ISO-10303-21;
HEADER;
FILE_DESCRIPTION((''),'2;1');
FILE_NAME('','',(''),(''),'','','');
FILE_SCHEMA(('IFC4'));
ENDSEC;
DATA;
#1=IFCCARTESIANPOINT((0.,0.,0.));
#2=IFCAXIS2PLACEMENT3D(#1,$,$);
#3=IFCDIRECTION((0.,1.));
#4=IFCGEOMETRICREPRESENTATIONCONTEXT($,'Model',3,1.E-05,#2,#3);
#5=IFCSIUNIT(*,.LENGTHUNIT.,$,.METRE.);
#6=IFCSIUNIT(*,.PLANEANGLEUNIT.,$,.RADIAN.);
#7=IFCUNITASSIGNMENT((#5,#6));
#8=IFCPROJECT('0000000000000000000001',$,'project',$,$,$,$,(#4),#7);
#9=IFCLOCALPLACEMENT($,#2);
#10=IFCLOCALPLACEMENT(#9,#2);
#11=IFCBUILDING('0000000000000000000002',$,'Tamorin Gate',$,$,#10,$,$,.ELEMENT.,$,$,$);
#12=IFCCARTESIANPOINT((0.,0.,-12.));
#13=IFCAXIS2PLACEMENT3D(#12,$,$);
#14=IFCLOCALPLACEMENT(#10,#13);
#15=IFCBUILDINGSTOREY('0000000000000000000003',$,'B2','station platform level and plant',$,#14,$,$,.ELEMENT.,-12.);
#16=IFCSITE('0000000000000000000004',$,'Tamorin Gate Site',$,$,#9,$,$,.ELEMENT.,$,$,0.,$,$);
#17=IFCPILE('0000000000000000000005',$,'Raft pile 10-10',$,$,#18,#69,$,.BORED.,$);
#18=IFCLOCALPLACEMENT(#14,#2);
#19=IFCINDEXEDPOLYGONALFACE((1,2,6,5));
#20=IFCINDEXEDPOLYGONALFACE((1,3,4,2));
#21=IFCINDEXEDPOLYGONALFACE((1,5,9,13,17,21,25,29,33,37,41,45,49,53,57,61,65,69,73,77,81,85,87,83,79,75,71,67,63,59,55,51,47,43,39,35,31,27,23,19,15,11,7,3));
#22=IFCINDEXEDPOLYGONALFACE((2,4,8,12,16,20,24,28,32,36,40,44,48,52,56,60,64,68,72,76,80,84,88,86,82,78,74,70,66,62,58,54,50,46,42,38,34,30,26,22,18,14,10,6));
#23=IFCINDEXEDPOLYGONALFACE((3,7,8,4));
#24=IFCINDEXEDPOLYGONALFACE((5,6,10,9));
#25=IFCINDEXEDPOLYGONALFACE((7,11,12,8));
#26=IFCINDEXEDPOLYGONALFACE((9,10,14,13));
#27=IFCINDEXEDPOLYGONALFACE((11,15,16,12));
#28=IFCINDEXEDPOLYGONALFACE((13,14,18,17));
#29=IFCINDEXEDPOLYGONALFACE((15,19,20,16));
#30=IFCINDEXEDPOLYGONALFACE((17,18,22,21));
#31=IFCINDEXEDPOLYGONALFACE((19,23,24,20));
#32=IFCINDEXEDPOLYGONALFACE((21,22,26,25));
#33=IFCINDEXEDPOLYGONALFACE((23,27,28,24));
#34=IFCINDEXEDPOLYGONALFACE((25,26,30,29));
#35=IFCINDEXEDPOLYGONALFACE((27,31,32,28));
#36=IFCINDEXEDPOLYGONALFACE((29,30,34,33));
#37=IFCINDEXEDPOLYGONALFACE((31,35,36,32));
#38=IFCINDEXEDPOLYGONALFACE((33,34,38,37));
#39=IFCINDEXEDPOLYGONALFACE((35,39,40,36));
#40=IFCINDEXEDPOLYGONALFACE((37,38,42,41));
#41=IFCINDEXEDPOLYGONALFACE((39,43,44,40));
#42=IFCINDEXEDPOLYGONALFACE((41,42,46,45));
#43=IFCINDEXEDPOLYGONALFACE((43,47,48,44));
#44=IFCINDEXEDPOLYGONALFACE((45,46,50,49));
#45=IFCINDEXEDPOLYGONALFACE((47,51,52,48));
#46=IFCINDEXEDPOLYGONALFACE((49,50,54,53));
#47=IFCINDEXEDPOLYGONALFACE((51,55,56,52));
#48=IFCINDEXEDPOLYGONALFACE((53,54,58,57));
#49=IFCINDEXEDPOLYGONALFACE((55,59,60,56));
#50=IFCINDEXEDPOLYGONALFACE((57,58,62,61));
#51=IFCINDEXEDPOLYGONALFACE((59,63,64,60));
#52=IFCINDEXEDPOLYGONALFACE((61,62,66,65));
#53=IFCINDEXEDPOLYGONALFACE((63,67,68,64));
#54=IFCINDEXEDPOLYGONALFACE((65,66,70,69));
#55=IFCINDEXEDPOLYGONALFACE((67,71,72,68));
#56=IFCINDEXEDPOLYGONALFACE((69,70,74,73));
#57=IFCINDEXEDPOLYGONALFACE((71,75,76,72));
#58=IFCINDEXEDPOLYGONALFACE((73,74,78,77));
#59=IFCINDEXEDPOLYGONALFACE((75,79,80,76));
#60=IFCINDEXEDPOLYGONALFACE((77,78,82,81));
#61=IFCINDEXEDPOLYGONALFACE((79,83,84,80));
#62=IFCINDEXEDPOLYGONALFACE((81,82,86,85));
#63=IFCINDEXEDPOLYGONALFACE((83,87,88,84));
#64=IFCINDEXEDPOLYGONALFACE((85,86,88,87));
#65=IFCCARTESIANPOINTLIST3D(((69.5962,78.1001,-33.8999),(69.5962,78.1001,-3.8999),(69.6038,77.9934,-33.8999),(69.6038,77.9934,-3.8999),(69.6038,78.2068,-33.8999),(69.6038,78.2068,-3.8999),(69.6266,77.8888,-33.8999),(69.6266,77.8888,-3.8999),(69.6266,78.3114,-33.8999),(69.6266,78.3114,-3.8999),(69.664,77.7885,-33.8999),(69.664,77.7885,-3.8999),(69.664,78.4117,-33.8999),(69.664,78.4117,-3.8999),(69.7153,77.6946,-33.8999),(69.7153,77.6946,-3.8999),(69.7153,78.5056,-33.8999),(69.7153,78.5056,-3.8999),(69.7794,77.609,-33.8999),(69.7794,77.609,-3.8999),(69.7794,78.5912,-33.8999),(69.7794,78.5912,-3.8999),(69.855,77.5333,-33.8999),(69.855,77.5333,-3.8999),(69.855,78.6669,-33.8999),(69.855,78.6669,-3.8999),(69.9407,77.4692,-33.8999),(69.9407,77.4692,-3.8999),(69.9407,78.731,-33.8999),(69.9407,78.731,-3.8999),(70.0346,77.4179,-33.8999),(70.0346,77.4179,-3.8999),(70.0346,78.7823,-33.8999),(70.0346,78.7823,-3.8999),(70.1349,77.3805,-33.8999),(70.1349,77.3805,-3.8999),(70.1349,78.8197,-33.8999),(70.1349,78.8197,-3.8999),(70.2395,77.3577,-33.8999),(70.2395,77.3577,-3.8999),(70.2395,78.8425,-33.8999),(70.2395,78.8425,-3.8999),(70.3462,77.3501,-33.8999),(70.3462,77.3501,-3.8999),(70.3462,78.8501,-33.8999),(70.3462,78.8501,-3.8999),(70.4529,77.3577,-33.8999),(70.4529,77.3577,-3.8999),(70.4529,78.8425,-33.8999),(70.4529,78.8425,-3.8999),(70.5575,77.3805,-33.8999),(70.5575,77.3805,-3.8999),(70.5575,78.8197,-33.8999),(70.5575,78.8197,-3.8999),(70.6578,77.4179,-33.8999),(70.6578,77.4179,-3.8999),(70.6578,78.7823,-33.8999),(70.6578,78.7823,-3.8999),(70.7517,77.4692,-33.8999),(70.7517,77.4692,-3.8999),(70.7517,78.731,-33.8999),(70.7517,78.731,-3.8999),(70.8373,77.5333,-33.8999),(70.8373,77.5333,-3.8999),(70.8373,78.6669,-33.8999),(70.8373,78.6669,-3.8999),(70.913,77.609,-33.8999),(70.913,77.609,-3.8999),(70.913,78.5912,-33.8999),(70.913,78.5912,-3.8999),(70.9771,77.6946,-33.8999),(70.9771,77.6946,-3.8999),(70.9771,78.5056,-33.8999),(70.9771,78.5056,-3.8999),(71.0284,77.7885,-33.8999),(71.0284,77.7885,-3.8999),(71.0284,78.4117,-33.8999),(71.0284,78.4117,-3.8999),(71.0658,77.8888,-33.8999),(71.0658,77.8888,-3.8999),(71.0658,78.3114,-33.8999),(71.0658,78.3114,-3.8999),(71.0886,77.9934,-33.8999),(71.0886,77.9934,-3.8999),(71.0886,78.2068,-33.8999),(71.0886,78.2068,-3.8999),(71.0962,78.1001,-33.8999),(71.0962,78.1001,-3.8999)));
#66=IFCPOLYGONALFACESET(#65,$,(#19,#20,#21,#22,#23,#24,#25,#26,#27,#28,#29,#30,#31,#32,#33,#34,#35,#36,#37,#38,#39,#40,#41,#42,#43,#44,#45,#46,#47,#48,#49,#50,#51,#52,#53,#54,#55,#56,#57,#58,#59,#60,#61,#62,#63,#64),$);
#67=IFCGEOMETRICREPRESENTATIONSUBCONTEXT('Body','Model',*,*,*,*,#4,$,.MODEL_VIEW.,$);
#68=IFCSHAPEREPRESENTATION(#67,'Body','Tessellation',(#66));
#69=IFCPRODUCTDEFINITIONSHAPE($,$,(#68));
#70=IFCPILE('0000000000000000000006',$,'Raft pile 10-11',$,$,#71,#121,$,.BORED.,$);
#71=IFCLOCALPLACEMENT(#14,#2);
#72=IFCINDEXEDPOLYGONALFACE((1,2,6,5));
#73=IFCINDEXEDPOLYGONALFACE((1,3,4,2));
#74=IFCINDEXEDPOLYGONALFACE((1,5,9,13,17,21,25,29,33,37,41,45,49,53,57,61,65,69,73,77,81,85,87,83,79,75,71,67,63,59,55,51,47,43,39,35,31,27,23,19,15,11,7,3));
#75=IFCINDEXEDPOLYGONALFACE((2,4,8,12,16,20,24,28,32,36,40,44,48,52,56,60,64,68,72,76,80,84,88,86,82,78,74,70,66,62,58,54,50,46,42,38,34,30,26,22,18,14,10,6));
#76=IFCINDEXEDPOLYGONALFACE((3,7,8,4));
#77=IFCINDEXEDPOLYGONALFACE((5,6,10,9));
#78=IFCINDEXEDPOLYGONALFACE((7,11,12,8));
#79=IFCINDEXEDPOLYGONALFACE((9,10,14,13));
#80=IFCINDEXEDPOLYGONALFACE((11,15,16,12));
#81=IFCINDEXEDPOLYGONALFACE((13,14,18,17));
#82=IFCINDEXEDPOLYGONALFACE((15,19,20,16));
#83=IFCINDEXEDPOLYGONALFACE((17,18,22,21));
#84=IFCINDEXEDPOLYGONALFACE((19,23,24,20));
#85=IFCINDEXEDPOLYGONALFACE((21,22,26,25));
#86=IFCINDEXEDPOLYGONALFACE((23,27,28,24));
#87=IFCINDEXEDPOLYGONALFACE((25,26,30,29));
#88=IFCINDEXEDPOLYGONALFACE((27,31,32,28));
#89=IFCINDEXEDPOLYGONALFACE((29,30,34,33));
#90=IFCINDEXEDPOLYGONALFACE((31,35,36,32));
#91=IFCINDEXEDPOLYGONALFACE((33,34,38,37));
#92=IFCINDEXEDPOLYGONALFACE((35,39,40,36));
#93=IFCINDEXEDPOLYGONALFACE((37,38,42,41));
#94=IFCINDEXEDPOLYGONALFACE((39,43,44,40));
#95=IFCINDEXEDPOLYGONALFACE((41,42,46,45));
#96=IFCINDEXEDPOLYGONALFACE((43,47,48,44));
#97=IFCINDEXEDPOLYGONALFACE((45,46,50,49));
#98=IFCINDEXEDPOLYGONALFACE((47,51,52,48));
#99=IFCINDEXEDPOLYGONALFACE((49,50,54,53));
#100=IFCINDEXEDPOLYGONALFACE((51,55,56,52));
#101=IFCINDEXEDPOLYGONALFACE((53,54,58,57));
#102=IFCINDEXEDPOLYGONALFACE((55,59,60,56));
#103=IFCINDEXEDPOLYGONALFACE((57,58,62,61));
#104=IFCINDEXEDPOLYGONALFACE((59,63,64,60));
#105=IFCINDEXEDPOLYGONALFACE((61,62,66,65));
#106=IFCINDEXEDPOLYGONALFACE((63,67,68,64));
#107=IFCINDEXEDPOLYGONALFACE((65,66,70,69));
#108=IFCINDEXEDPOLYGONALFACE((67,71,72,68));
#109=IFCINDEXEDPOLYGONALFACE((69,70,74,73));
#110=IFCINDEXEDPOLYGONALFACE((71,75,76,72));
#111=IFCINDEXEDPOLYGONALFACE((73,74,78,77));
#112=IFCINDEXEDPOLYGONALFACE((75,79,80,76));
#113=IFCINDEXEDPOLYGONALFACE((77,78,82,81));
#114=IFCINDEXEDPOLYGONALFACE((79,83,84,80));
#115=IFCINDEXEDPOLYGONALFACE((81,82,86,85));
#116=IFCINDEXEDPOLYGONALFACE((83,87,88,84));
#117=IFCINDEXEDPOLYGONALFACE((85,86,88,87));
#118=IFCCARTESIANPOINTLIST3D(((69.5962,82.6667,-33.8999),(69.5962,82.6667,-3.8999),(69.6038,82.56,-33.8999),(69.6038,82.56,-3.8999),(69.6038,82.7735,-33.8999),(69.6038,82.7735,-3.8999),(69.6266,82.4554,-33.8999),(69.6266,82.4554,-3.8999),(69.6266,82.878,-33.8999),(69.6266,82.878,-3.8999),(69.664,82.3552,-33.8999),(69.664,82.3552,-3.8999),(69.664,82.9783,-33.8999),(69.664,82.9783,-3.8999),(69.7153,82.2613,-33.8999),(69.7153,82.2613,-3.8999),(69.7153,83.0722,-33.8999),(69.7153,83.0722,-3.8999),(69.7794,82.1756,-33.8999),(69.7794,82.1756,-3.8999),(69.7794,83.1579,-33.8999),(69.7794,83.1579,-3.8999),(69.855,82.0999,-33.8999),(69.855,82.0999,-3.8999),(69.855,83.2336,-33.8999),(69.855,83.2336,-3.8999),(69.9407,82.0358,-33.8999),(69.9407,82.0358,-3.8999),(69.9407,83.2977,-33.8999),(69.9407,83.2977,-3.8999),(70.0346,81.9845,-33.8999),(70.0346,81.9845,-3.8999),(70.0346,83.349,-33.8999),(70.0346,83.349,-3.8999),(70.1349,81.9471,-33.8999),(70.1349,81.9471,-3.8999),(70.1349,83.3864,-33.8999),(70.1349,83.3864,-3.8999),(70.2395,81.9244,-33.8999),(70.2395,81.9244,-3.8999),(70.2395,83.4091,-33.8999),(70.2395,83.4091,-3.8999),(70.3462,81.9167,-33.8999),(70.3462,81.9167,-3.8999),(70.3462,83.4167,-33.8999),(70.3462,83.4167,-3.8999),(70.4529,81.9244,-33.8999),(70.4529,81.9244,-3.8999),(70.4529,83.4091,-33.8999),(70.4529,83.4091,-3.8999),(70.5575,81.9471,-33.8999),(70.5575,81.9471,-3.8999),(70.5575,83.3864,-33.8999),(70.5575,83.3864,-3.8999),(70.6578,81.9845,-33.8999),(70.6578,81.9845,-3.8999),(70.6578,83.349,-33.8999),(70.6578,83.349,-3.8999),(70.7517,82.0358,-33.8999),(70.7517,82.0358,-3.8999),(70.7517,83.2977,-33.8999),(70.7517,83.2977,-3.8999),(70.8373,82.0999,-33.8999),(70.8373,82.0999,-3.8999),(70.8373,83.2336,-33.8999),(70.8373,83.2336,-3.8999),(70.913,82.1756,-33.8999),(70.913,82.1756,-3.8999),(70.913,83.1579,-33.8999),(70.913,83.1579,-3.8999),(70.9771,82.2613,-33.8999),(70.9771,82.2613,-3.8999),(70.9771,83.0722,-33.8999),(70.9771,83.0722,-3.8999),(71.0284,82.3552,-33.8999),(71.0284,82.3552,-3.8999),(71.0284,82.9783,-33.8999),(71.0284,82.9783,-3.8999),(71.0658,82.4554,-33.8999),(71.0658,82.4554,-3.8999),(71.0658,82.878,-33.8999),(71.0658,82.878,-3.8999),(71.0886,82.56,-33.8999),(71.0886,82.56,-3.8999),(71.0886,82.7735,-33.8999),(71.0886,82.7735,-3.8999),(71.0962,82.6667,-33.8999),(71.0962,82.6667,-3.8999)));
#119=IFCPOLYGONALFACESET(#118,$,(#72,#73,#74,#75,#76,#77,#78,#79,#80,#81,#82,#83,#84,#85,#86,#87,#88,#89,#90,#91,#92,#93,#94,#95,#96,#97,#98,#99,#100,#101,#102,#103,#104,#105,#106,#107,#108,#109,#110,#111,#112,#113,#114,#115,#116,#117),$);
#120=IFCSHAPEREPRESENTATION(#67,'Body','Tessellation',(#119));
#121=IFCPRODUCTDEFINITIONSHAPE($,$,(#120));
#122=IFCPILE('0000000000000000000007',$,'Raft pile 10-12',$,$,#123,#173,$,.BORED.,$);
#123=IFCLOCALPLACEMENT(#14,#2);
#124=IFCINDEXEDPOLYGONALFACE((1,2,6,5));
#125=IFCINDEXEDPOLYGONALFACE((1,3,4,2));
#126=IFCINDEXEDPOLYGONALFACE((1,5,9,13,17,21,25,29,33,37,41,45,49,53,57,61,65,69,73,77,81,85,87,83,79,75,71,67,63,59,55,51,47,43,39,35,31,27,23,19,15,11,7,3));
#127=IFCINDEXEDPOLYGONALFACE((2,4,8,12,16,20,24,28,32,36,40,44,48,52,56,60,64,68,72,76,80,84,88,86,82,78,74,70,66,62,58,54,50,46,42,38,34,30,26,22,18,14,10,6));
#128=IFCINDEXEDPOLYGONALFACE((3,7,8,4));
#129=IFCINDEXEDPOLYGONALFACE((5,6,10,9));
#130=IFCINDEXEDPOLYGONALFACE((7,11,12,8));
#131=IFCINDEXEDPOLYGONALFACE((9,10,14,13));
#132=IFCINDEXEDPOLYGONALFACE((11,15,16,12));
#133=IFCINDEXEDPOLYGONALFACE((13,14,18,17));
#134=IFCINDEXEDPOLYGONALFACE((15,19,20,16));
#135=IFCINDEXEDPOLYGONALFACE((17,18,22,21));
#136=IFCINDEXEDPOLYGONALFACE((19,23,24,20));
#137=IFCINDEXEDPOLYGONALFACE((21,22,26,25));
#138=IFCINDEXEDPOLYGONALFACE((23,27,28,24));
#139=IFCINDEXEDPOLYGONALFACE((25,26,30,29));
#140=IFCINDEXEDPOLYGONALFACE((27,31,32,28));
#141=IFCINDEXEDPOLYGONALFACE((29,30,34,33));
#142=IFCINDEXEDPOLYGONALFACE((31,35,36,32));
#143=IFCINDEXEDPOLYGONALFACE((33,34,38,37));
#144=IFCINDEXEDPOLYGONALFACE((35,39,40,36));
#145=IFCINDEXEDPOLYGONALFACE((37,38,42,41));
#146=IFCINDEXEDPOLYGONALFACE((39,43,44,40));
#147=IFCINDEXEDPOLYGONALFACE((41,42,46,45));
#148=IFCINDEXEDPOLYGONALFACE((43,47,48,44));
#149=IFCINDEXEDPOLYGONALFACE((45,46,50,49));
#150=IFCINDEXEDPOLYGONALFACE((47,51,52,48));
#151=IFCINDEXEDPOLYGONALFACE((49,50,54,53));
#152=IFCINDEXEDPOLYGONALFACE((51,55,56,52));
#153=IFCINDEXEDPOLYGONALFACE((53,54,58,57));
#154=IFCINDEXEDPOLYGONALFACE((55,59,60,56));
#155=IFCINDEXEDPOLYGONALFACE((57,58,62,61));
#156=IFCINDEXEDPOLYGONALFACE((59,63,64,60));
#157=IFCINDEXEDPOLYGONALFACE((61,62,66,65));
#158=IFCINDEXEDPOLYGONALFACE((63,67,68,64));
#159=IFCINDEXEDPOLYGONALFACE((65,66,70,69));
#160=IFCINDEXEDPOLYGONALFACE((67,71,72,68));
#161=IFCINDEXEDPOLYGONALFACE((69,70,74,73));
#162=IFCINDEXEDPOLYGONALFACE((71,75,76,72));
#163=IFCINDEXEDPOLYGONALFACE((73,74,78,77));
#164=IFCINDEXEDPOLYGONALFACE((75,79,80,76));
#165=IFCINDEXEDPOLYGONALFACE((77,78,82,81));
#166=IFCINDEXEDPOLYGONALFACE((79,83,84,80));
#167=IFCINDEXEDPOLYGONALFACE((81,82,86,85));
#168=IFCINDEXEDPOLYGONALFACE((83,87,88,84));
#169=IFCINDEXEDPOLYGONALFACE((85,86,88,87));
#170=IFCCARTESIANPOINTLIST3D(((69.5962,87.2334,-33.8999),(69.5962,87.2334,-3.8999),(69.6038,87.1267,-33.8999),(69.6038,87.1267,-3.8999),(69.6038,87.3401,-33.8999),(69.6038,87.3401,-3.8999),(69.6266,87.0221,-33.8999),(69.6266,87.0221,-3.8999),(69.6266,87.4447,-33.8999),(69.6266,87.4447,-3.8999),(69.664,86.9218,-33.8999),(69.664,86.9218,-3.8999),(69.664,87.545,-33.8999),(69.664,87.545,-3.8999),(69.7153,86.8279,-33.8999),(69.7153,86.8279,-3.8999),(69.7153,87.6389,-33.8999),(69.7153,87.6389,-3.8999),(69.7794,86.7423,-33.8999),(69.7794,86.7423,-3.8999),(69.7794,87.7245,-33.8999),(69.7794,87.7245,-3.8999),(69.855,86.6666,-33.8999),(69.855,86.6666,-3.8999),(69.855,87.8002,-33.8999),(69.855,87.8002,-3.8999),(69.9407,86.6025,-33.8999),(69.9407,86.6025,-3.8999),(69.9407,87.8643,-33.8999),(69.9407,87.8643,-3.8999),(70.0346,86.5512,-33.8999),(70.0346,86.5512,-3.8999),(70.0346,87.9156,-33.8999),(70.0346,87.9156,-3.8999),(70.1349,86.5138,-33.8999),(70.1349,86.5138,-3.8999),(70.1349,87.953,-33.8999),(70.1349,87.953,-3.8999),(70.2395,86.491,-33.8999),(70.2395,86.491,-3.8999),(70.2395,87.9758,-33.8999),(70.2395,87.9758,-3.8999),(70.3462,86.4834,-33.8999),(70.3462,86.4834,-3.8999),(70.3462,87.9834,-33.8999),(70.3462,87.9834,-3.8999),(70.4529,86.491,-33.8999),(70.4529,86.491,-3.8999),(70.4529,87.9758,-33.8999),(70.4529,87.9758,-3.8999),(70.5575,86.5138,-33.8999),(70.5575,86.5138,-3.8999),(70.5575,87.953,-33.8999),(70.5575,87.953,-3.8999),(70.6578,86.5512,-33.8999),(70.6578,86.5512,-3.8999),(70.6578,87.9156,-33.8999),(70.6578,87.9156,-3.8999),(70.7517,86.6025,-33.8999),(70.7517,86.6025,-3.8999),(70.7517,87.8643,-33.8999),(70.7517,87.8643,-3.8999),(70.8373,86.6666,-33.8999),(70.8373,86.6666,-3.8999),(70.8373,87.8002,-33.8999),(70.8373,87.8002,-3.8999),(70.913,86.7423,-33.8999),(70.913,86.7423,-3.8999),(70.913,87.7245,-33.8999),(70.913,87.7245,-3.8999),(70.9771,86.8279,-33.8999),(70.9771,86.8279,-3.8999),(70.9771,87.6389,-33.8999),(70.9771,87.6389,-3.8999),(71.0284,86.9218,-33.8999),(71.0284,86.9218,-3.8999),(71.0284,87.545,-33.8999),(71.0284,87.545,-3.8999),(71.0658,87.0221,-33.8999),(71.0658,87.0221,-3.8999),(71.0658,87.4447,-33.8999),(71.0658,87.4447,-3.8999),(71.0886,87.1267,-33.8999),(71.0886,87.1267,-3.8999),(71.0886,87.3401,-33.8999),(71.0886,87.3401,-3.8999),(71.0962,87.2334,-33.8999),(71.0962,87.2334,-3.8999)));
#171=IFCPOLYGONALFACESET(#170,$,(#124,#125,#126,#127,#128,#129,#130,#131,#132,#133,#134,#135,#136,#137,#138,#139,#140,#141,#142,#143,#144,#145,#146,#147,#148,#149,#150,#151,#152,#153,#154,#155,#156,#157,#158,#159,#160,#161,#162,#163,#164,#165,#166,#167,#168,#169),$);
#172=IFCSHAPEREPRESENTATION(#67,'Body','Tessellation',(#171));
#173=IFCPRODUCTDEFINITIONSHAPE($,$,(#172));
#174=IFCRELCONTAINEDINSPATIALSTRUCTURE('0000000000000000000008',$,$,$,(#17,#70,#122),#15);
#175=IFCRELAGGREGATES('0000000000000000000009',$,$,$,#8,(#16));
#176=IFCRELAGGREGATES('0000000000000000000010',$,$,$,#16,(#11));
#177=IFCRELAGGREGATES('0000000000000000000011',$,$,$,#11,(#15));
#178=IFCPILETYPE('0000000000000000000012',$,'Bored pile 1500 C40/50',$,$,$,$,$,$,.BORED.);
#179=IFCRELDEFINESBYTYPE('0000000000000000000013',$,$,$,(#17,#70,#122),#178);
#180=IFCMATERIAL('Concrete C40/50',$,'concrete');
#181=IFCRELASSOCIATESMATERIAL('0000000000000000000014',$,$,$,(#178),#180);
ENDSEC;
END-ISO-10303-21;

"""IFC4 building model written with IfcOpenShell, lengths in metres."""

from ifc_helpers import new_model, si_unit, direction, frame, origin, origin_2d, place, context, subcontext, project, spatial, circle, extrude, material, material_profile, profile_set, type_object, element, save


model = new_model("IFC4")

# Units and contexts
model_context = context("Model", 3, precision=1e-05, world=origin(), true_north=direction((0.0, 1.0)))
body_context = subcontext(model_context, "Body", "Model", "MODEL_VIEW")
ifc_project = project(units=[si_unit("LENGTHUNIT", "METRE"), si_unit("PLANEANGLEUNIT", "RADIAN")], contexts=[model_context])

# Site, building, storey
site_placement = place(None, origin())
site = spatial("IfcSite", under=ifc_project, at=site_placement, Name="Tamorin Gate Site", CompositionType="ELEMENT", RefElevation=0.0)
building_placement = place(site_placement, origin())
building = spatial("IfcBuilding", under=site, at=building_placement, Name="Tamorin Gate", CompositionType="ELEMENT")
storey_placement = place(building_placement, frame((0.0, 0.0, -12.0)))
storey = spatial("IfcBuildingStorey", under=building, at=storey_placement, Name="B2", Description="station platform level and plant", CompositionType="ELEMENT", Elevation=-12.0)

# Piles
ifc_material_1 = material(Name="Concrete C40/50", Category="concrete")
ifc_material_profile_1 = material_profile(ifc_material_1, circle(Radius=0.75, at=origin_2d()))
ifc_profile_set_1 = profile_set([ifc_material_profile_1], Name="Concrete C40/50")
pile_type = type_object("IfcPileType", Name="Bored pile 1500 C40/50", PredefinedType="BORED", material=ifc_profile_set_1)
for number, where, z_axis, x_axis, name in (
    (1, (70.3462, 78.1001, -3.8999), (0.0, 0.0, -1.0), (1.0, 0.0, 0.0), "Raft pile 10-10"),
    (2, (70.3462, 82.6667, -3.8999), (0.0, 0.0, -1.0), (1.0, 0.0, 0.0), "Raft pile 10-11"),
    (3, (70.3462, 87.2334, -3.8999), (0.0, 0.0, -1.0), (1.0, 0.0, 0.0), "Raft pile 10-12"),
):
    element("IfcPile", number, at=place(storey_placement, frame(where, z_axis=z_axis, x_axis=x_axis)), inside=storey, type_object=pile_type, Name=name, PredefinedType="BORED", context=body_context, shape_type="SweptSolid", body=[
        extrude(circle(Radius=0.75, at=origin_2d()), origin(), (0.0, 0.0, 1.0), 30.0),
    ])

save(model, "model.ifc")
